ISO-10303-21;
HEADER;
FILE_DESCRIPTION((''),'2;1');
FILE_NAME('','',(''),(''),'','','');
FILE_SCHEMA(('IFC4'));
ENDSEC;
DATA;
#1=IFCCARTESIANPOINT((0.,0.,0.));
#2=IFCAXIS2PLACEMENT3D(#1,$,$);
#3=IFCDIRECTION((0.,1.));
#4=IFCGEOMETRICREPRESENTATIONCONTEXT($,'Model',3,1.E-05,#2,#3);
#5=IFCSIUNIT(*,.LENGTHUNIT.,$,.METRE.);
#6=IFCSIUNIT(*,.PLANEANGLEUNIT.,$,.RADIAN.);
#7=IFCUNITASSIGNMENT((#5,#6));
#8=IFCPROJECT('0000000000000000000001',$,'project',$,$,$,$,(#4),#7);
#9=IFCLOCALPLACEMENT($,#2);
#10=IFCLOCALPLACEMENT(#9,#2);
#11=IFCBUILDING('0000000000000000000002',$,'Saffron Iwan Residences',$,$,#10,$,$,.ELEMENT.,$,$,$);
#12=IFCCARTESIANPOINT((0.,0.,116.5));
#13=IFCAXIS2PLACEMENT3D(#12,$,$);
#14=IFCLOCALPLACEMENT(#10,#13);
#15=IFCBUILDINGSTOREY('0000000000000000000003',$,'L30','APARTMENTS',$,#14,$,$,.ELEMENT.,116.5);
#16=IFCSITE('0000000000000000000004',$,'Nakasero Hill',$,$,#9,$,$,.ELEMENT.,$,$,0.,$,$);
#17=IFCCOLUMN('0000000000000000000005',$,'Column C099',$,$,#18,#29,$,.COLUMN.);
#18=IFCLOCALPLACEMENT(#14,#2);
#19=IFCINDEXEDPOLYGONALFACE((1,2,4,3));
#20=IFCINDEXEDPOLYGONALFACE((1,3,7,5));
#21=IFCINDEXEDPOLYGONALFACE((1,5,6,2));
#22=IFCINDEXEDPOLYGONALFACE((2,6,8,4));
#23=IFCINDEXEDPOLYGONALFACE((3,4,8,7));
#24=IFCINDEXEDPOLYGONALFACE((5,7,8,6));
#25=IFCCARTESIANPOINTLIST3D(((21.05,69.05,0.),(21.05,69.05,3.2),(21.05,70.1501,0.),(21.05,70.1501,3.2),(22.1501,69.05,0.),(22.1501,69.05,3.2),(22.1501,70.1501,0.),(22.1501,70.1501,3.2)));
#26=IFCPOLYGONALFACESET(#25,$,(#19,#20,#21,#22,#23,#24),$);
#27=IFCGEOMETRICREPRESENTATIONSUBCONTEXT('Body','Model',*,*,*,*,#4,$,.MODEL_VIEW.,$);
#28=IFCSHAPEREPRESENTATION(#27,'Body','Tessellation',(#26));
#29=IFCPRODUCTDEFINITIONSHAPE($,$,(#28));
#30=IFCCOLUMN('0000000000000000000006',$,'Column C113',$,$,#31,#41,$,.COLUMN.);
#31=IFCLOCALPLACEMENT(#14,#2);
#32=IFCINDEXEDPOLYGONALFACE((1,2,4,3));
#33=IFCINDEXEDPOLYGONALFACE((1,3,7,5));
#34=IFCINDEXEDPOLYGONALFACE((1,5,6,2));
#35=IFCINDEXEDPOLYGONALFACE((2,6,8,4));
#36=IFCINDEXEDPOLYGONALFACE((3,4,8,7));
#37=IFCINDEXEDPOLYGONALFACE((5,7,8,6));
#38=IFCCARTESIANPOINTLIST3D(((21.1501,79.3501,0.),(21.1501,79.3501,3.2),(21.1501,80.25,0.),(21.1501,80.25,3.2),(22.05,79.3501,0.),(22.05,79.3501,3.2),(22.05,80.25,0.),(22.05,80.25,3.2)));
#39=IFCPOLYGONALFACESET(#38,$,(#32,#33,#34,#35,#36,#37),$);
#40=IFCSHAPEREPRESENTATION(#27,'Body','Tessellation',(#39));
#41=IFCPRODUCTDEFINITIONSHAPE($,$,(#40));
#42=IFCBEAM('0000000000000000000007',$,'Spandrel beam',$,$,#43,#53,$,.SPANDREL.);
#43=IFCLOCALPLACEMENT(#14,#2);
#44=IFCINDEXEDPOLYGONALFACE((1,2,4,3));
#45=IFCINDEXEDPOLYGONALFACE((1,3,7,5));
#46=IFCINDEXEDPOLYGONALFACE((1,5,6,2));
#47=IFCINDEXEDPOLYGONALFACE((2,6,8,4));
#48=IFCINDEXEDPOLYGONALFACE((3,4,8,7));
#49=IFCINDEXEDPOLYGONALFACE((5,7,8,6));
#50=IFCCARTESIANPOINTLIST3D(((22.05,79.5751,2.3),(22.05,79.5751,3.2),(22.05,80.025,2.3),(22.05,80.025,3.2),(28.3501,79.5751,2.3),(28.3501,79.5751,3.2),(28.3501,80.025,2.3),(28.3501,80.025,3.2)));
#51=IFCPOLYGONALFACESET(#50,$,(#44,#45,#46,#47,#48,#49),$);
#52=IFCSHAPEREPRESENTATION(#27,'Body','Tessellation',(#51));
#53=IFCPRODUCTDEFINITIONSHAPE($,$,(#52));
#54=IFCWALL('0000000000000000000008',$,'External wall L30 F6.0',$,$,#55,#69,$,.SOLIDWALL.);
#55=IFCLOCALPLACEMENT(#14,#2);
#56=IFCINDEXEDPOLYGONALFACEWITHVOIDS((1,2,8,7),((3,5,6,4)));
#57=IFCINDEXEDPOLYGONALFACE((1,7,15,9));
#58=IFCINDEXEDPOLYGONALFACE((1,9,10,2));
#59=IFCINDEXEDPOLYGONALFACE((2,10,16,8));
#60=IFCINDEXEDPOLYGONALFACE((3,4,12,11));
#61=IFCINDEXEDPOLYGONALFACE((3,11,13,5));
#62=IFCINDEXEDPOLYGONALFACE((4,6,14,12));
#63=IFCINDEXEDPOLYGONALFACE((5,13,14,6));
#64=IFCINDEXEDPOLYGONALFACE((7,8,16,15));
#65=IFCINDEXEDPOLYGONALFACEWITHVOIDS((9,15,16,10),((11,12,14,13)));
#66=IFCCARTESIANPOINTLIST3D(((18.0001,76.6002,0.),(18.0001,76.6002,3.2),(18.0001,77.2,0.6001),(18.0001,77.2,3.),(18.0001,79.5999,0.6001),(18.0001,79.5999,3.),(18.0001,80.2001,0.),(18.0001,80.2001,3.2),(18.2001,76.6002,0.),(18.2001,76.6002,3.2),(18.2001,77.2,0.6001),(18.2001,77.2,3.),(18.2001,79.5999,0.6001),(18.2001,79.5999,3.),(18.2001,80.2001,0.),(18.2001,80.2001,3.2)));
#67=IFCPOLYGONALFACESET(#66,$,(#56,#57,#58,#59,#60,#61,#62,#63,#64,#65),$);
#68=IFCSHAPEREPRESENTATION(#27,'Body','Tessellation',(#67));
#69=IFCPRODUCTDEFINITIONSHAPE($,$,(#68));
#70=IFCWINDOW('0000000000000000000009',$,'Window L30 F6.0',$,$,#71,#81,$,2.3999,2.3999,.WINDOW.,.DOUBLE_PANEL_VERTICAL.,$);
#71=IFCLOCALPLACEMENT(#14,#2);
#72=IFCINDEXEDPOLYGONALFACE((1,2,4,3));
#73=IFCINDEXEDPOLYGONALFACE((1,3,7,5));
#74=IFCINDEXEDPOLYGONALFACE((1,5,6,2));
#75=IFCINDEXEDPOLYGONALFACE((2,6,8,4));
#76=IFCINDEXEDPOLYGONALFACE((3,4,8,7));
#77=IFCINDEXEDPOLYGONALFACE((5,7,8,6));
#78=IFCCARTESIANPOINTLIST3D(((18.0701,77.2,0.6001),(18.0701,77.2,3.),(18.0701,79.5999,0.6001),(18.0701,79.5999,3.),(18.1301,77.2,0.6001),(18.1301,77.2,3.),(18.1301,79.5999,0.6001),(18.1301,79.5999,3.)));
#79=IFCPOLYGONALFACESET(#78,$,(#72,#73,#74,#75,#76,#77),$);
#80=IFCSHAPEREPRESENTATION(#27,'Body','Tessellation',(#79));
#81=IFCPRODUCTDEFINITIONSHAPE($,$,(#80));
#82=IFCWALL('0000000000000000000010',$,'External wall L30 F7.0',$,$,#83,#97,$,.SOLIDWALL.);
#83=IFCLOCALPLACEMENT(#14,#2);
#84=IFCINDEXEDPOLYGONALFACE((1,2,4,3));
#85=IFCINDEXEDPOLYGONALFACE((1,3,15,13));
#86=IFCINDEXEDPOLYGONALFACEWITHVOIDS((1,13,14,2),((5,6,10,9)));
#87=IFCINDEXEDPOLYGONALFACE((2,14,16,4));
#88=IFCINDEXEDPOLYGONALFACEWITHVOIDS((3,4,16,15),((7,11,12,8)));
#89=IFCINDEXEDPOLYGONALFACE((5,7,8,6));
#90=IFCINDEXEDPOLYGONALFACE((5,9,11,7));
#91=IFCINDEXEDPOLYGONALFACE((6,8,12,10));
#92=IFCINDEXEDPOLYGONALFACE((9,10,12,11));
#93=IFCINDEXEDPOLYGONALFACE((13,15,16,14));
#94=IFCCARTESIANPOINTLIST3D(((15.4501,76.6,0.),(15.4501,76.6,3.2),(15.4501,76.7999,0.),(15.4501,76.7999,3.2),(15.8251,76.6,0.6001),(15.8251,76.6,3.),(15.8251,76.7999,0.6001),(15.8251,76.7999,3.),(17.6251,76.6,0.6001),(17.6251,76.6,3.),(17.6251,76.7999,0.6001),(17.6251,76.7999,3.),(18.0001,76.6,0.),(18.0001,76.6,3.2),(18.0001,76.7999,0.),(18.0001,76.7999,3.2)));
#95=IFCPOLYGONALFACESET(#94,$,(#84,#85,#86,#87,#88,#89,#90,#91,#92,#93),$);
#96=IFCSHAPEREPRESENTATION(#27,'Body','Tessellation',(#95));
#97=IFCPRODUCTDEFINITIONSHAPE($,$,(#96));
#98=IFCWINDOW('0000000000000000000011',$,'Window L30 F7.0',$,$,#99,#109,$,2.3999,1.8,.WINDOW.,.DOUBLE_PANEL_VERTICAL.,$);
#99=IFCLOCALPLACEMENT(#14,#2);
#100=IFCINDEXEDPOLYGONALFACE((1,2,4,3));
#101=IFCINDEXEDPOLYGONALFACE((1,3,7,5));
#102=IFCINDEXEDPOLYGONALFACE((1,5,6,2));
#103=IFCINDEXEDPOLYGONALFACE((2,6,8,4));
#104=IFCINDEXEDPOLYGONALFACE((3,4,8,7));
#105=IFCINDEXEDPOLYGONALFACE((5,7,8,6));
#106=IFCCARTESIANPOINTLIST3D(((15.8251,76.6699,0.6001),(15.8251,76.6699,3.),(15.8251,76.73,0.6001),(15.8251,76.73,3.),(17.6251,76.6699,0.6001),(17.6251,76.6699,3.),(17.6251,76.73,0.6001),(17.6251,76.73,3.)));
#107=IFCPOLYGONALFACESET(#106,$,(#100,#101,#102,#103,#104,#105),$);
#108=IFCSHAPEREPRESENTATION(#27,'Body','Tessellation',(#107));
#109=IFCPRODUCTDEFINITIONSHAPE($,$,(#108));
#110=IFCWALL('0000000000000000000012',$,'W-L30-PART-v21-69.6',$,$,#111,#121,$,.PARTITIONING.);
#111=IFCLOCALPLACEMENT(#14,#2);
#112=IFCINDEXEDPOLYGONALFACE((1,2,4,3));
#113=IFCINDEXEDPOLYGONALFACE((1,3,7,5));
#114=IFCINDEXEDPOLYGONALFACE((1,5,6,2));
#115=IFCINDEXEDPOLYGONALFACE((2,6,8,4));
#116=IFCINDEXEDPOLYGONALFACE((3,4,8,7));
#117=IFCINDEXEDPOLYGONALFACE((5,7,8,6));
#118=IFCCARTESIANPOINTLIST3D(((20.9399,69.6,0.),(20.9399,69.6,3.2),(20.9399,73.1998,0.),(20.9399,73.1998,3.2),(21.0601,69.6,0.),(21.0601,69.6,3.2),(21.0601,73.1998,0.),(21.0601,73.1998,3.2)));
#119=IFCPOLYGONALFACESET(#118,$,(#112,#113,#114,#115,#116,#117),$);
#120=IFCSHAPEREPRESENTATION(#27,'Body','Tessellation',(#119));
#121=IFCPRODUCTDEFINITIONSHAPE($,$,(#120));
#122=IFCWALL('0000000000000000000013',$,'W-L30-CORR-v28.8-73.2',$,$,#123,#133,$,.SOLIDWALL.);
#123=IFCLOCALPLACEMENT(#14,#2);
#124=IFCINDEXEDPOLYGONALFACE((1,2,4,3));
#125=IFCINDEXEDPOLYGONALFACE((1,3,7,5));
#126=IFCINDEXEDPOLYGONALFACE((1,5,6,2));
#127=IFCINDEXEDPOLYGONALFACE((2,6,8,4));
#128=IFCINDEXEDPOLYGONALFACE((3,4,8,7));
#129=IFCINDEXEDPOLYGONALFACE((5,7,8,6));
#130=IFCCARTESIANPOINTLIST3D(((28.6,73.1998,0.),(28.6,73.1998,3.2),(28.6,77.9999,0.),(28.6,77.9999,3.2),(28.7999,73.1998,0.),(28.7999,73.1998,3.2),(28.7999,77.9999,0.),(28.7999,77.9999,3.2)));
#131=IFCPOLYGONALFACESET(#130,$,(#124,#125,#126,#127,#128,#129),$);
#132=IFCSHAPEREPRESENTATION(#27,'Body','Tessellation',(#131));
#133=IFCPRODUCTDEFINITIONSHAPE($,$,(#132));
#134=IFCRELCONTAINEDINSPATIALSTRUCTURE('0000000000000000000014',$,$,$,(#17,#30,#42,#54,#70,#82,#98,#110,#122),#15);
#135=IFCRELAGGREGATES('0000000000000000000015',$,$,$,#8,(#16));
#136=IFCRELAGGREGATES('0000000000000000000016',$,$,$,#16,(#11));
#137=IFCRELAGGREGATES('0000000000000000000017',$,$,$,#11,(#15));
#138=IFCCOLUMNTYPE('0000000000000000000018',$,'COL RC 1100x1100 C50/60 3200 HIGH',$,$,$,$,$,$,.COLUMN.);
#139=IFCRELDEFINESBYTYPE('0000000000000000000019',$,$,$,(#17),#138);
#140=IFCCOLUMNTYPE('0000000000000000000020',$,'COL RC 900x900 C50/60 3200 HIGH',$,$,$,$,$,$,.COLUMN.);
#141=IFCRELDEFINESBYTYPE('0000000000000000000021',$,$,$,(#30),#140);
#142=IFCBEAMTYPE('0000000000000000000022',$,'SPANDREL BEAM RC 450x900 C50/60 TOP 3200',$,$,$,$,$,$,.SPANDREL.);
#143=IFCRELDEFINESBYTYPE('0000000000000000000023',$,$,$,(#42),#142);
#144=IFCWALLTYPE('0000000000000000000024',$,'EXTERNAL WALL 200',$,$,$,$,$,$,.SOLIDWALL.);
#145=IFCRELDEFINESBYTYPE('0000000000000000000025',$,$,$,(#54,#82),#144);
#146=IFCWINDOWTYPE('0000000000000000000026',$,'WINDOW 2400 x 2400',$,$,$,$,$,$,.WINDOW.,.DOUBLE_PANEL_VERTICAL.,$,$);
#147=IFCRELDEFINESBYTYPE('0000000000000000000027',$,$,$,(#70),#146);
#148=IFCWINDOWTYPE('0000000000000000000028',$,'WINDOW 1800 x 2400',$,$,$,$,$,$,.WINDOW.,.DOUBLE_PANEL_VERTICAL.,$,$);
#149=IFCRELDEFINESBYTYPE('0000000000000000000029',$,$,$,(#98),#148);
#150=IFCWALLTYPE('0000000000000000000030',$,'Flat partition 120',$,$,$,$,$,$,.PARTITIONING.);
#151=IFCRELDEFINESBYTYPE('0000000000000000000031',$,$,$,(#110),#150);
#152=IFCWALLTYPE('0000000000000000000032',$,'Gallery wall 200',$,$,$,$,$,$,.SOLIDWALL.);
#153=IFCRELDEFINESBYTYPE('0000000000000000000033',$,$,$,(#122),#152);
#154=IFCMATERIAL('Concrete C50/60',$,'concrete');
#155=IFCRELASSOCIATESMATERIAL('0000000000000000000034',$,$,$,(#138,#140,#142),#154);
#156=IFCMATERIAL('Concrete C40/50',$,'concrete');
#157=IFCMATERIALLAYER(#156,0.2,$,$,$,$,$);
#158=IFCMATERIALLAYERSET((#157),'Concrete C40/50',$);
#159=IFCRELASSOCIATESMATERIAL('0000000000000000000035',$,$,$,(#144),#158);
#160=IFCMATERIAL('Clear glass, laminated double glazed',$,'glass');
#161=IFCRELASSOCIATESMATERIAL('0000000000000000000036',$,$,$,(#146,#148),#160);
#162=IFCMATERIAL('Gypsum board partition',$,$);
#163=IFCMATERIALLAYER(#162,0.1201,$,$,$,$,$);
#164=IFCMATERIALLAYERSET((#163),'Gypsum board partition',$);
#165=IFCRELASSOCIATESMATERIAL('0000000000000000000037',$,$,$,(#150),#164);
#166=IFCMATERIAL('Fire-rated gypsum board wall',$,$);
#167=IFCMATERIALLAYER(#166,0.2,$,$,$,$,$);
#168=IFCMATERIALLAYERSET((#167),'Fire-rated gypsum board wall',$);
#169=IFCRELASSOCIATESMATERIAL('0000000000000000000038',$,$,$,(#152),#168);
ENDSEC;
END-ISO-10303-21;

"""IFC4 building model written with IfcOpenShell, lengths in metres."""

from ifc_helpers import new_model, si_unit, direction, frame, frame_2d, origin, origin_2d, place, context, subcontext, project, spatial, rectangle, extrude, source, transform, mapped, material, layer, layer_set, material_profile, profile_set, type_object, element, fill, save


model = new_model("IFC4")

# Units and contexts
model_context = context("Model", 3, precision=1e-05, world=origin(), true_north=direction((0.0, 1.0)))
body_context = subcontext(model_context, "Body", "Model", "MODEL_VIEW")
ifc_project = project(units=[si_unit("LENGTHUNIT", "METRE"), si_unit("PLANEANGLEUNIT", "RADIAN")], contexts=[model_context])

# Site, building, storey
site_placement = place(None, origin())
site = spatial("IfcSite", under=ifc_project, at=site_placement, Name="Nakasero Hill", CompositionType="ELEMENT", RefElevation=0.0)
building_placement = place(site_placement, origin())
building = spatial("IfcBuilding", under=site, at=building_placement, Name="Saffron Iwan Residences", CompositionType="ELEMENT")
storey_placement = place(building_placement, frame((0.0, 0.0, 116.5)))
storey = spatial("IfcBuildingStorey", under=building, at=storey_placement, Name="L30", Description="APARTMENTS", CompositionType="ELEMENT", Elevation=116.5)

# Columns
ifc_material_1 = material(Name="Concrete C50/60", Category="concrete")
ifc_material_profile_1 = material_profile(ifc_material_1, rectangle(XDim=1.1001, YDim=1.1001, at=origin_2d()), Name="RC 1100x1100")
ifc_profile_set_1 = profile_set([ifc_material_profile_1], Name="Concrete C50/60")
column_type_1 = type_object("IfcColumnType", Name="COL RC 1100x1100 C50/60 3200 HIGH", PredefinedType="COLUMN", material=ifc_profile_set_1)
shared_shape_1 = source(origin(), body_context, "Body", "SweptSolid", [
    extrude(rectangle(XDim=1.1001, YDim=1.1001, at=origin_2d()), origin(), (0.0, 0.0, 1.0), 3.2),
])
column_1_placement = place(storey_placement, frame((21.6001, 69.6001, 0.0), z_axis=(0.0, 0.0, 1.0), x_axis=(1.0, 0.0, 0.0)))
element("IfcColumn", 1, at=column_1_placement, inside=storey, type_object=column_type_1, Name="Column C099", PredefinedType="COLUMN", context=body_context, shape_type="MappedRepresentation", body=[
    mapped(shared_shape_1, transform((0.0, 0.0, 0.0))),
])
ifc_material_profile_2 = material_profile(ifc_material_1, rectangle(XDim=0.8999, YDim=0.8999, at=origin_2d()), Name="RC 900x900")
ifc_profile_set_2 = profile_set([ifc_material_profile_2], Name="Concrete C50/60")
column_type_2 = type_object("IfcColumnType", Name="COL RC 900x900 C50/60 3200 HIGH", PredefinedType="COLUMN", material=ifc_profile_set_2)
shared_shape_2 = source(origin(), body_context, "Body", "SweptSolid", [
    extrude(rectangle(XDim=0.8999, YDim=0.8999, at=origin_2d()), origin(), (0.0, 0.0, 1.0), 3.2),
])
column_2_placement = place(storey_placement, frame((21.6001, 79.8, 0.0), z_axis=(0.0, 0.0, 1.0), x_axis=(1.0, 0.0, 0.0)))
element("IfcColumn", 2, at=column_2_placement, inside=storey, type_object=column_type_2, Name="Column C113", PredefinedType="COLUMN", context=body_context, shape_type="MappedRepresentation", body=[
    mapped(shared_shape_2, transform((0.0, 0.0, 0.0))),
])

# Beam
ifc_material_profile_3 = material_profile(ifc_material_1, rectangle(XDim=0.45, YDim=0.8999, at=origin_2d()), Name="RC 450x900")
ifc_profile_set_3 = profile_set([ifc_material_profile_3], Name="Concrete C50/60")
beam_type = type_object("IfcBeamType", Name="SPANDREL BEAM RC 450x900 C50/60 TOP 3200", PredefinedType="SPANDREL", material=ifc_profile_set_3)
shared_shape_3 = source(origin(), body_context, "Body", "SweptSolid", [
    extrude(rectangle(XDim=0.45, YDim=0.8999, at=origin_2d()), origin(), (0.0, 0.0, 1.0), 6.3),
])
beam_placement = place(storey_placement, frame((22.05, 79.8, 2.75), z_axis=(1.0, 0.0, 0.0), x_axis=(0.0, 1.0, 0.0)))
element("IfcBeam", 3, at=beam_placement, inside=storey, type_object=beam_type, Name="Spandrel beam", PredefinedType="SPANDREL", context=body_context, shape_type="MappedRepresentation", body=[
    mapped(shared_shape_3, transform((0.0, 0.0, 0.0))),
])

# Walls, openings, windows
ifc_material_2 = material(Name="Concrete C40/50", Category="concrete")
ifc_layer_1 = layer(ifc_material_2, 0.2)
ifc_layer_set_1 = layer_set([ifc_layer_1], Name="Concrete C40/50")
wall_type_1 = type_object("IfcWallType", Name="EXTERNAL WALL 200", PredefinedType="SOLIDWALL", material=ifc_layer_set_1)
wall_1_placement = place(storey_placement, frame((18.1001, 80.2, 0.0), z_axis=(0.0, 0.0, 1.0), x_axis=(0.0, -1.0, 0.0)))
wall_1 = element("IfcWall", 4, at=wall_1_placement, inside=storey, type_object=wall_type_1, Name="External wall L30 F6.0", PredefinedType="SOLIDWALL", context=body_context, shape_type="SweptSolid", body=[
    extrude(rectangle(XDim=3.5999, YDim=0.2, at=frame_2d((1.7998, 0.0))), origin(), (0.0, 0.0, 1.0), 3.2),
])
opening_1_placement = place(wall_1_placement, frame((0.6001, 0.0, 0.6001)))
opening_1 = element("IfcOpeningElement", 5, at=opening_1_placement, cuts=wall_1, PredefinedType="OPENING", context=body_context, shape_type="SweptSolid", body=[
    extrude(rectangle(XDim=2.3999, YDim=2.3999, at=frame_2d((1.2, 1.2))), frame((0.0, 0.1099, 0.0), z_axis=(0.0, -1.0, 0.0), x_axis=(1.0, 0.0, 0.0)), (0.0, 0.0, 1.0), 0.22),
])
ifc_material_3 = material(Name="Clear glass, laminated double glazed", Category="glass")
window_type_1 = type_object("IfcWindowType", Name="WINDOW 2400 x 2400", PartitioningType="DOUBLE_PANEL_VERTICAL", PredefinedType="WINDOW", material=ifc_material_3)
window_1_placement = place(opening_1_placement, origin())
window_1 = element("IfcWindow", 6, at=window_1_placement, inside=storey, type_object=window_type_1, Name="Window L30 F6.0", OverallHeight=2.3999, OverallWidth=2.3999, PartitioningType="DOUBLE_PANEL_VERTICAL", PredefinedType="WINDOW", context=body_context, shape_type="SweptSolid", body=[
    extrude(rectangle(XDim=2.3999, YDim=2.3999, at=frame_2d((1.2, 1.2))), frame((0.0, 0.03, 0.0), z_axis=(0.0, -1.0, 0.0), x_axis=(1.0, 0.0, 0.0)), (0.0, 0.0, 1.0), 0.0601),
])
fill(opening_1, window_1)
wall_2_placement = place(storey_placement, frame((18.0, 76.7, 0.0), z_axis=(0.0, 0.0, 1.0), x_axis=(-1.0, 0.0, 0.0)))
wall_2 = element("IfcWall", 7, at=wall_2_placement, inside=storey, type_object=wall_type_1, Name="External wall L30 F7.0", PredefinedType="SOLIDWALL", context=body_context, shape_type="SweptSolid", body=[
    extrude(rectangle(XDim=2.55, YDim=0.2, at=frame_2d((1.2749, 0.0))), origin(), (0.0, 0.0, 1.0), 3.2),
])
opening_2_placement = place(wall_2_placement, frame((0.375, 0.0, 0.6001)))
opening_2 = element("IfcOpeningElement", 8, at=opening_2_placement, cuts=wall_2, PredefinedType="OPENING", context=body_context, shape_type="SweptSolid", body=[
    extrude(rectangle(XDim=1.8, YDim=2.3999, at=frame_2d((0.8999, 1.2))), frame((0.0, 0.1099, 0.0), z_axis=(0.0, -1.0, 0.0), x_axis=(1.0, 0.0, 0.0)), (0.0, 0.0, 1.0), 0.22),
])
window_type_2 = type_object("IfcWindowType", Name="WINDOW 1800 x 2400", PartitioningType="DOUBLE_PANEL_VERTICAL", PredefinedType="WINDOW", material=ifc_material_3)
window_2_placement = place(opening_2_placement, origin())
window_2 = element("IfcWindow", 9, at=window_2_placement, inside=storey, type_object=window_type_2, Name="Window L30 F7.0", OverallHeight=2.3999, OverallWidth=1.8, PartitioningType="DOUBLE_PANEL_VERTICAL", PredefinedType="WINDOW", context=body_context, shape_type="SweptSolid", body=[
    extrude(rectangle(XDim=1.8, YDim=2.3999, at=frame_2d((0.8999, 1.2))), frame((0.0, 0.03, 0.0), z_axis=(0.0, -1.0, 0.0), x_axis=(1.0, 0.0, 0.0)), (0.0, 0.0, 1.0), 0.0601),
])
fill(opening_2, window_2)

# Walls
ifc_material_4 = material(Name="Gypsum board partition")
ifc_layer_2 = layer(ifc_material_4, 0.1201)
ifc_layer_set_2 = layer_set([ifc_layer_2], Name="Gypsum board partition")
wall_type_2 = type_object("IfcWallType", Name="Flat partition 120", PredefinedType="PARTITIONING", material=ifc_layer_set_2)
wall_3_placement = place(storey_placement, frame((21.0, 69.6001, 0.0), z_axis=(0.0, 0.0, 1.0), x_axis=(0.0, 1.0, 0.0)))
element("IfcWall", 10, at=wall_3_placement, inside=storey, type_object=wall_type_2, Name="W-L30-PART-v21-69.6", PredefinedType="PARTITIONING", context=body_context, shape_type="SweptSolid", body=[
    extrude(rectangle(XDim=3.5999, YDim=0.1201, at=frame_2d((1.7998, 0.0))), origin(), (0.0, 0.0, 1.0), 3.2),
])
ifc_material_5 = material(Name="Fire-rated gypsum board wall")
ifc_layer_3 = layer(ifc_material_5, 0.2)
ifc_layer_set_3 = layer_set([ifc_layer_3], Name="Fire-rated gypsum board wall")
wall_type_3 = type_object("IfcWallType", Name="Gallery wall 200", PredefinedType="SOLIDWALL", material=ifc_layer_set_3)
wall_4_placement = place(storey_placement, frame((28.7, 73.2, 0.0), z_axis=(0.0, 0.0, 1.0), x_axis=(0.0, 1.0, 0.0)))
element("IfcWall", 11, at=wall_4_placement, inside=storey, type_object=wall_type_3, Name="W-L30-CORR-v28.8-73.2", PredefinedType="SOLIDWALL", context=body_context, shape_type="SweptSolid", body=[
    extrude(rectangle(XDim=4.8, YDim=0.2, at=frame_2d((2.3999, 0.0))), origin(), (0.0, 0.0, 1.0), 3.2),
])

save(model, "model.ifc")
